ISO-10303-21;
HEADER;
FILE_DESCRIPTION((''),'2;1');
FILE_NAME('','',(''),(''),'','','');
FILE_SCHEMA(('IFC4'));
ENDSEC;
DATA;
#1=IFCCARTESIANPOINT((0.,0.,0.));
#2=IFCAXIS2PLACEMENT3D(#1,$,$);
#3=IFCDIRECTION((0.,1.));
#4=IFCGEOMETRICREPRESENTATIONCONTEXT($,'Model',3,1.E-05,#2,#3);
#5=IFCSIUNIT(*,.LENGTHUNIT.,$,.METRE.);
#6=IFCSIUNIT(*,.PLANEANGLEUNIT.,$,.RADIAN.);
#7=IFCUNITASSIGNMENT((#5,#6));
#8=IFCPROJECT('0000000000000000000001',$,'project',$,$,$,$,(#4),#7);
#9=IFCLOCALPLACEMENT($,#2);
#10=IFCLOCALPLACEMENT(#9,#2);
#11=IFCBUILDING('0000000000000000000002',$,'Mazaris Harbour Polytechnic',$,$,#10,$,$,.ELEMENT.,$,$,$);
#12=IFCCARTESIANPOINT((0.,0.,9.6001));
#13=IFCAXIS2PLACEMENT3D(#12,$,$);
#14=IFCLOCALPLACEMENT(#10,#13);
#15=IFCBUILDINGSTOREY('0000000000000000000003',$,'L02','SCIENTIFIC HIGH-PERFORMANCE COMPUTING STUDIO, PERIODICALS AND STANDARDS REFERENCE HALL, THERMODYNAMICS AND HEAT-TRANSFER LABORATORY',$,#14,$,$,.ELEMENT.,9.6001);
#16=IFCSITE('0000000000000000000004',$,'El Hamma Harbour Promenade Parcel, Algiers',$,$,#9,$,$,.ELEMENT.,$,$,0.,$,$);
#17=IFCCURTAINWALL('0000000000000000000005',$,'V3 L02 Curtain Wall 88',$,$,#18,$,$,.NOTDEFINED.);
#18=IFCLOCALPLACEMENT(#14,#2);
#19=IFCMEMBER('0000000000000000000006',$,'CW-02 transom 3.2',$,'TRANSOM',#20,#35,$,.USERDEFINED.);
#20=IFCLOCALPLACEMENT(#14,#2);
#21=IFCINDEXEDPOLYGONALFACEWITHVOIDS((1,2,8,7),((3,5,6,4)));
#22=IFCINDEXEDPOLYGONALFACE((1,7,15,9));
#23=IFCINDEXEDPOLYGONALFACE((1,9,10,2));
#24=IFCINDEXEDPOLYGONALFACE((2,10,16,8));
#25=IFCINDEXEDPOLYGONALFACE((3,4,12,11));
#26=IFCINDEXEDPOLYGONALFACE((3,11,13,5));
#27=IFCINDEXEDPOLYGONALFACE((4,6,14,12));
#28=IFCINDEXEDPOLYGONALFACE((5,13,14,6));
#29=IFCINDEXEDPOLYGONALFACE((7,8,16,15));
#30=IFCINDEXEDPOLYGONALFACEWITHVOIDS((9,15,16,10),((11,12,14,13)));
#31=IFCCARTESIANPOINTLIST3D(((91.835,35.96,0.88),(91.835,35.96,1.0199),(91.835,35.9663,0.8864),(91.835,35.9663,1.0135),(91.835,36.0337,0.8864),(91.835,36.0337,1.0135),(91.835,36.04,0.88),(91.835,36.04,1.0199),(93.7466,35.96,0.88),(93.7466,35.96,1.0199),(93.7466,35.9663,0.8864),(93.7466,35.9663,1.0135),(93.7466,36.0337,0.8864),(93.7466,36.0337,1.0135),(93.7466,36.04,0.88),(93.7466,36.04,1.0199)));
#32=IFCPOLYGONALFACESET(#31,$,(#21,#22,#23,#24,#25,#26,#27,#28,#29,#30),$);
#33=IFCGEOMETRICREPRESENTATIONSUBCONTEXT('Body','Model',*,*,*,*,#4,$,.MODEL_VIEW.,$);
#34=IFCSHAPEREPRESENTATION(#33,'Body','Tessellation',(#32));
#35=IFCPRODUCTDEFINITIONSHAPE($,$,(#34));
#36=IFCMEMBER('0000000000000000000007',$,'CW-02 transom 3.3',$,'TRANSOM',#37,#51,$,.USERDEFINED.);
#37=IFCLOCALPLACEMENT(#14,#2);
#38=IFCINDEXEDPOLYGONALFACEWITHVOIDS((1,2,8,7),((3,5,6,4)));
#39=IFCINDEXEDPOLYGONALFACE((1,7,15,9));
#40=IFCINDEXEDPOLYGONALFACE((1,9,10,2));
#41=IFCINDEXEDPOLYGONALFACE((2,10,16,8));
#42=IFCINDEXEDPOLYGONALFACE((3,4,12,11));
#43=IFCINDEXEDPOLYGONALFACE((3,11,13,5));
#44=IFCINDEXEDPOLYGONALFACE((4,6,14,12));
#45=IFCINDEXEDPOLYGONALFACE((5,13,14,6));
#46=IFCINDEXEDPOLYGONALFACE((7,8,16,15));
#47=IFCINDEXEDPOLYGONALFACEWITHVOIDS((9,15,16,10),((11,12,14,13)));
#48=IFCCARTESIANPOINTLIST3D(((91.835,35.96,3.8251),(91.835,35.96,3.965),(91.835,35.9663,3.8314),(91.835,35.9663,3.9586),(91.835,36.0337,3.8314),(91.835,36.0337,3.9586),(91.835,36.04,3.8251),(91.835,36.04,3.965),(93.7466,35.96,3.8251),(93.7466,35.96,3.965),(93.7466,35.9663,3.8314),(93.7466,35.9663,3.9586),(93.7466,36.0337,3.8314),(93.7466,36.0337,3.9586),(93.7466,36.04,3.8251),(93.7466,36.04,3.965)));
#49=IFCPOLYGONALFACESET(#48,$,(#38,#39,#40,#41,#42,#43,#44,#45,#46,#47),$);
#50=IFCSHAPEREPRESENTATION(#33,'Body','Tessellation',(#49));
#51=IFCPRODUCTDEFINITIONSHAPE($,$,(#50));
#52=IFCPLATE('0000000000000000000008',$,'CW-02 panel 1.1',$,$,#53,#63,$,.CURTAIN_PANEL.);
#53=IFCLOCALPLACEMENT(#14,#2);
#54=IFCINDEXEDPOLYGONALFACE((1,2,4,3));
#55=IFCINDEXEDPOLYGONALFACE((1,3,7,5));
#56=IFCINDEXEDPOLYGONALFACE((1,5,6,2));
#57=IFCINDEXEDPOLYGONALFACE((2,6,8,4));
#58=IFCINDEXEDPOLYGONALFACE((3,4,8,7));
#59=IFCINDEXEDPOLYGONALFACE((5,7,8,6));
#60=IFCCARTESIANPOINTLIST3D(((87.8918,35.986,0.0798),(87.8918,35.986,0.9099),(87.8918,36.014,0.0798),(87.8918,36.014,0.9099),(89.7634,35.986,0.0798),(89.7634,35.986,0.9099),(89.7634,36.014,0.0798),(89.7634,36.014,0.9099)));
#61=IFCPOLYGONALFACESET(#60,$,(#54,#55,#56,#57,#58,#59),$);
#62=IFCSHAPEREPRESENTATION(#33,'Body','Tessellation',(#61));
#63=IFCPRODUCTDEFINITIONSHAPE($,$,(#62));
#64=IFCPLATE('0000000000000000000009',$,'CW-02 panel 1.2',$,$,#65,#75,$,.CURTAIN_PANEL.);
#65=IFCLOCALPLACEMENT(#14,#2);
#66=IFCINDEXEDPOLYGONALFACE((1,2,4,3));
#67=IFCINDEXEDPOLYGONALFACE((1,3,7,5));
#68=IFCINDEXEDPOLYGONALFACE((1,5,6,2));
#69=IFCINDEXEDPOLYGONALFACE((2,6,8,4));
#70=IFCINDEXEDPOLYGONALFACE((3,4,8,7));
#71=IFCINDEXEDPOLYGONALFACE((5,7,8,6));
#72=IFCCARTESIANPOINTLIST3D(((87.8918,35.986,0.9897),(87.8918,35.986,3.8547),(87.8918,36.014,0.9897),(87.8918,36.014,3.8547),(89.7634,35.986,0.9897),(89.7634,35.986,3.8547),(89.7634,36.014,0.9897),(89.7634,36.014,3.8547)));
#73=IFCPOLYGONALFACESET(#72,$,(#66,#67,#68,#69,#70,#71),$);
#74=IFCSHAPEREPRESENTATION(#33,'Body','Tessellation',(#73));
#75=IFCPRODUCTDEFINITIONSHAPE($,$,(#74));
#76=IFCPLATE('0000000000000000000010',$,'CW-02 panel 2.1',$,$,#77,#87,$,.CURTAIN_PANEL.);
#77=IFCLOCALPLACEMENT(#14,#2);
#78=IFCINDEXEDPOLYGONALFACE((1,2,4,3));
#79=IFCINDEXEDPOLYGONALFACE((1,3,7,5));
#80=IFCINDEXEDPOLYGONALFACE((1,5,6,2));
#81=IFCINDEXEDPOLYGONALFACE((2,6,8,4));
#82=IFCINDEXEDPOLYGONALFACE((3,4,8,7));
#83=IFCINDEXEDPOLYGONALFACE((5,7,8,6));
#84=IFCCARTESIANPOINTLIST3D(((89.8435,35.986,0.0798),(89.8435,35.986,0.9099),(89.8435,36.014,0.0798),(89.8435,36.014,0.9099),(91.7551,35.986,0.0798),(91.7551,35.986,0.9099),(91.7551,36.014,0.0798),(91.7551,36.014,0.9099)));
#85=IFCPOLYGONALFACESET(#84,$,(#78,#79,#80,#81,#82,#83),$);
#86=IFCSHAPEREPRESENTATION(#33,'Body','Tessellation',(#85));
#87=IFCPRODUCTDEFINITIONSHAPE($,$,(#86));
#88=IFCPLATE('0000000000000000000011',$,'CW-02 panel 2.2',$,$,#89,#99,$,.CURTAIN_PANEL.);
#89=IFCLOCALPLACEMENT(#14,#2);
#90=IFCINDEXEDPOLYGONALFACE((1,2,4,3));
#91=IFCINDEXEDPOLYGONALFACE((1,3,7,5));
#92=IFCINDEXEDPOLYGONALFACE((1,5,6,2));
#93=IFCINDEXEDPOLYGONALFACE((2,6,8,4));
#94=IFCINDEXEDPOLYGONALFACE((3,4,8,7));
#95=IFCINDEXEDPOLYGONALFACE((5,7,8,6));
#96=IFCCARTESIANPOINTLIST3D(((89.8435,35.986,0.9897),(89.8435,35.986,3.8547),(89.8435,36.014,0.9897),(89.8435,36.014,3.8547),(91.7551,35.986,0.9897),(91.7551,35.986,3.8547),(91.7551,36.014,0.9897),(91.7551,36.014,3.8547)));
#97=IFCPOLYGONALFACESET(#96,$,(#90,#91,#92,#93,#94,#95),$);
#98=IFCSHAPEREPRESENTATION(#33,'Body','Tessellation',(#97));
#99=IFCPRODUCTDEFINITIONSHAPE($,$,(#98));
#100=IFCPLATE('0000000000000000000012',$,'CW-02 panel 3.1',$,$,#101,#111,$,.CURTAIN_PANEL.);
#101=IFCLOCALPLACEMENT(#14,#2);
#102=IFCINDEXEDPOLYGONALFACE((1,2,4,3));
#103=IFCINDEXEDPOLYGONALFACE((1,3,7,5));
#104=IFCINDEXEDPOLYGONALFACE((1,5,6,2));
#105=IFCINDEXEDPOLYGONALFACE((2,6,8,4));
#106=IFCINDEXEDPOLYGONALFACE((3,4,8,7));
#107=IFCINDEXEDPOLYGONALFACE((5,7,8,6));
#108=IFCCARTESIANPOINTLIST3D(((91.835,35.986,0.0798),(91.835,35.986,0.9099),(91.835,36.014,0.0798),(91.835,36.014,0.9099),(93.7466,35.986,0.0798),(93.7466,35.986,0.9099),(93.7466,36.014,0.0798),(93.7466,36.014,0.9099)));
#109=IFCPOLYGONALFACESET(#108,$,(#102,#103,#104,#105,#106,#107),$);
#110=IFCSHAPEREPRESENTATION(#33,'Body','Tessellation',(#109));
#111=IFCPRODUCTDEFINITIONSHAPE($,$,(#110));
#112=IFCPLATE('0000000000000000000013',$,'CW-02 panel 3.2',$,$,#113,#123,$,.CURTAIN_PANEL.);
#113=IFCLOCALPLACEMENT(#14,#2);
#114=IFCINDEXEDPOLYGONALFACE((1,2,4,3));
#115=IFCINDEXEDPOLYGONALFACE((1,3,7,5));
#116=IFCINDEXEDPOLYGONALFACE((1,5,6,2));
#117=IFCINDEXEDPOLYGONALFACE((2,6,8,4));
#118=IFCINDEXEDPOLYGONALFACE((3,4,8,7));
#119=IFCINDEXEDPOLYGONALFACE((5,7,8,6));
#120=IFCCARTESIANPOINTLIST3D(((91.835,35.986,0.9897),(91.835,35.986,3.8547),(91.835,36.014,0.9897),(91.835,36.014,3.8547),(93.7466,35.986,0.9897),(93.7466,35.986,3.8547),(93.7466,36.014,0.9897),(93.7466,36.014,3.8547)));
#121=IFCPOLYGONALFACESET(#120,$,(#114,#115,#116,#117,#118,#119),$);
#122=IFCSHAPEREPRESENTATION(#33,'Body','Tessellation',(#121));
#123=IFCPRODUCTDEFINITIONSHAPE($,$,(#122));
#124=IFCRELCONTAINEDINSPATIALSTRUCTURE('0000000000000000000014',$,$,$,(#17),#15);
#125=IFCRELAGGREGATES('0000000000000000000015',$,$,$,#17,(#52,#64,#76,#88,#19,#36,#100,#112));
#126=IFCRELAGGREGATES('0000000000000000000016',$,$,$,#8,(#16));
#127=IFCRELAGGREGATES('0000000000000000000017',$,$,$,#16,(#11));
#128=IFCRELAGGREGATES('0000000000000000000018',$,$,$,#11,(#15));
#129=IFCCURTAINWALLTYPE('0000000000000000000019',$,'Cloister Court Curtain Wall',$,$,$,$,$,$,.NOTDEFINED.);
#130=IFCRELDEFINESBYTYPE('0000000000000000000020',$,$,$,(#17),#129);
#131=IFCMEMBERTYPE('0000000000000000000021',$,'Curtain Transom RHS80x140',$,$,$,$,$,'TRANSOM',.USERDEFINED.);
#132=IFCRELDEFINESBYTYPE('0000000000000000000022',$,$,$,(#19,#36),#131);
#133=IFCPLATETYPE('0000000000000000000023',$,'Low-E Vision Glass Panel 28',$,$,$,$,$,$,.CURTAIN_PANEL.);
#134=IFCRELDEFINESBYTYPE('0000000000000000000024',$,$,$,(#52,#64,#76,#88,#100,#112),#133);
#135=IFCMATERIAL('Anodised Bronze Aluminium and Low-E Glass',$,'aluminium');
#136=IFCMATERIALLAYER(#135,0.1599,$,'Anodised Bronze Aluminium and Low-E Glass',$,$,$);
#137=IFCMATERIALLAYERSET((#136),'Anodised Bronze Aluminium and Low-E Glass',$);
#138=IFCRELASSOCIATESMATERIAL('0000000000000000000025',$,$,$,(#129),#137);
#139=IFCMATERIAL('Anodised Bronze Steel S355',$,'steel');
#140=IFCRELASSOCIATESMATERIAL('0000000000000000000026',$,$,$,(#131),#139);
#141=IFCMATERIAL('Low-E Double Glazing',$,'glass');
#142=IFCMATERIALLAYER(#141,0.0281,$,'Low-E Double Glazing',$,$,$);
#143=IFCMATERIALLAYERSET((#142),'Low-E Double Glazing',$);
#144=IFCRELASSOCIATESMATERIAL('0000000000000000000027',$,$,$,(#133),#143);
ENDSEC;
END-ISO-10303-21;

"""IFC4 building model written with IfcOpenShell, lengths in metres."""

from ifc_helpers import new_model, si_unit, direction, frame, origin, origin_2d, place, context, subcontext, project, spatial, rectangle, hollow_rectangle, extrude, material, layer, layer_set, material_profile, profile_set, type_object, element, aggregate, save


model = new_model("IFC4")

# Units and contexts
model_context = context("Model", 3, precision=1e-05, world=origin(), true_north=direction((0.0, 1.0)))
body_context = subcontext(model_context, "Body", "Model", "MODEL_VIEW")
ifc_project = project(units=[si_unit("LENGTHUNIT", "METRE"), si_unit("PLANEANGLEUNIT", "RADIAN")], contexts=[model_context])

# Site, building, storey
site_placement = place(None, origin())
site = spatial("IfcSite", under=ifc_project, at=site_placement, Name="El Hamma Harbour Promenade Parcel, Algiers", CompositionType="ELEMENT", RefElevation=0.0)
building_placement = place(site_placement, origin())
building = spatial("IfcBuilding", under=site, at=building_placement, Name="Mazaris Harbour Polytechnic", CompositionType="ELEMENT")
storey_placement = place(building_placement, frame((0.0, 0.0, 9.6001)))
storey = spatial("IfcBuildingStorey", under=building, at=storey_placement, Name="L02", Description="SCIENTIFIC HIGH-PERFORMANCE COMPUTING STUDIO, PERIODICALS AND STANDARDS REFERENCE HALL, THERMODYNAMICS AND HEAT-TRANSFER LABORATORY", CompositionType="ELEMENT", Elevation=9.6001)

# Curtain wall, members, plates
ifc_material_1 = material(Name="Anodised Bronze Aluminium and Low-E Glass", Category="aluminium")
ifc_layer_1 = layer(ifc_material_1, 0.1599, Name="Anodised Bronze Aluminium and Low-E Glass")
ifc_layer_set_1 = layer_set([ifc_layer_1], Name="Anodised Bronze Aluminium and Low-E Glass")
curtain_wall_type = type_object("IfcCurtainWallType", Name="Cloister Court Curtain Wall", PredefinedType="NOTDEFINED", material=ifc_layer_set_1)
curtain_wall_placement = place(storey_placement, origin())
curtain_wall = element("IfcCurtainWall", 1, at=curtain_wall_placement, inside=storey, type_object=curtain_wall_type, Name="V3 L02 Curtain Wall 88", PredefinedType="NOTDEFINED")
ifc_material_2 = material(Name="Anodised Bronze Steel S355", Category="steel")
ifc_material_profile_1 = material_profile(ifc_material_2, hollow_rectangle(XDim=0.0801, YDim=0.1399, WallThickness=0.0063, at=origin_2d()), Name="RHS 80x140x6.3")
ifc_profile_set_1 = profile_set([ifc_material_profile_1], Name="Anodised Bronze Steel S355")
member_type_1 = type_object("IfcMemberType", Name="Curtain Transom RHS80x140", ElementType="TRANSOM", PredefinedType="USERDEFINED", material=ifc_profile_set_1)
member_1_placement = place(storey_placement, frame((91.835, 36.0, 0.95), z_axis=(1.0, 0.0, 0.0), x_axis=(0.0, 1.0, 0.0)))
member_1 = element("IfcMember", 2, at=member_1_placement, type_object=member_type_1, Name="CW-02 transom 3.2", ObjectType="TRANSOM", PredefinedType="USERDEFINED", context=body_context, shape_type="SweptSolid", body=[
    extrude(hollow_rectangle(XDim=0.0801, YDim=0.1399, WallThickness=0.0063, at=origin_2d()), origin(), (0.0, 0.0, 1.0), 1.9116),
])
member_2_placement = place(storey_placement, frame((91.835, 36.0, 3.895), z_axis=(1.0, 0.0, 0.0), x_axis=(0.0, 1.0, 0.0)))
member_2 = element("IfcMember", 3, at=member_2_placement, type_object=member_type_1, Name="CW-02 transom 3.3", ObjectType="TRANSOM", PredefinedType="USERDEFINED", context=body_context, shape_type="SweptSolid", body=[
    extrude(hollow_rectangle(XDim=0.0801, YDim=0.1399, WallThickness=0.0063, at=origin_2d()), origin(), (0.0, 0.0, 1.0), 1.9116),
])
ifc_material_3 = material(Name="Low-E Double Glazing", Category="glass")
ifc_layer_2 = layer(ifc_material_3, 0.0281, Name="Low-E Double Glazing")
ifc_layer_set_2 = layer_set([ifc_layer_2], Name="Low-E Double Glazing")
plate_type = type_object("IfcPlateType", Name="Low-E Vision Glass Panel 28", PredefinedType="CURTAIN_PANEL", material=ifc_layer_set_2)
plate_1_placement = place(storey_placement, frame((88.8276, 36.0, 0.0798), z_axis=(0.0, 0.0, 1.0), x_axis=(1.0, 0.0, 0.0)))
plate_1 = element("IfcPlate", 4, at=plate_1_placement, type_object=plate_type, Name="CW-02 panel 1.1", PredefinedType="CURTAIN_PANEL", context=body_context, shape_type="SweptSolid", body=[
    extrude(rectangle(XDim=1.8716, YDim=0.0281, at=origin_2d()), origin(), (0.0, 0.0, 1.0), 0.8301),
])
plate_2_placement = place(storey_placement, frame((88.8276, 36.0, 0.9897), z_axis=(0.0, 0.0, 1.0), x_axis=(1.0, 0.0, 0.0)))
plate_2 = element("IfcPlate", 5, at=plate_2_placement, type_object=plate_type, Name="CW-02 panel 1.2", PredefinedType="CURTAIN_PANEL", context=body_context, shape_type="SweptSolid", body=[
    extrude(rectangle(XDim=1.8716, YDim=0.0281, at=origin_2d()), origin(), (0.0, 0.0, 1.0), 2.865),
])
plate_3_placement = place(storey_placement, frame((90.7993, 36.0, 0.0798), z_axis=(0.0, 0.0, 1.0), x_axis=(1.0, 0.0, 0.0)))
plate_3 = element("IfcPlate", 6, at=plate_3_placement, type_object=plate_type, Name="CW-02 panel 2.1", PredefinedType="CURTAIN_PANEL", context=body_context, shape_type="SweptSolid", body=[
    extrude(rectangle(XDim=1.9116, YDim=0.0281, at=origin_2d()), origin(), (0.0, 0.0, 1.0), 0.8301),
])
plate_4_placement = place(storey_placement, frame((90.7993, 36.0, 0.9897), z_axis=(0.0, 0.0, 1.0), x_axis=(1.0, 0.0, 0.0)))
plate_4 = element("IfcPlate", 7, at=plate_4_placement, type_object=plate_type, Name="CW-02 panel 2.2", PredefinedType="CURTAIN_PANEL", context=body_context, shape_type="SweptSolid", body=[
    extrude(rectangle(XDim=1.9116, YDim=0.0281, at=origin_2d()), origin(), (0.0, 0.0, 1.0), 2.865),
])
plate_5_placement = place(storey_placement, frame((92.7908, 36.0, 0.0798), z_axis=(0.0, 0.0, 1.0), x_axis=(1.0, 0.0, 0.0)))
plate_5 = element("IfcPlate", 8, at=plate_5_placement, type_object=plate_type, Name="CW-02 panel 3.1", PredefinedType="CURTAIN_PANEL", context=body_context, shape_type="SweptSolid", body=[
    extrude(rectangle(XDim=1.9116, YDim=0.0281, at=origin_2d()), origin(), (0.0, 0.0, 1.0), 0.8301),
])
plate_6_placement = place(storey_placement, frame((92.7908, 36.0, 0.9897), z_axis=(0.0, 0.0, 1.0), x_axis=(1.0, 0.0, 0.0)))
plate_6 = element("IfcPlate", 9, at=plate_6_placement, type_object=plate_type, Name="CW-02 panel 3.2", PredefinedType="CURTAIN_PANEL", context=body_context, shape_type="SweptSolid", body=[
    extrude(rectangle(XDim=1.9116, YDim=0.0281, at=origin_2d()), origin(), (0.0, 0.0, 1.0), 2.865),
])
aggregate(curtain_wall, [plate_1, plate_2, plate_3, plate_4, member_1, member_2, plate_5, plate_6])

save(model, "model.ifc")
